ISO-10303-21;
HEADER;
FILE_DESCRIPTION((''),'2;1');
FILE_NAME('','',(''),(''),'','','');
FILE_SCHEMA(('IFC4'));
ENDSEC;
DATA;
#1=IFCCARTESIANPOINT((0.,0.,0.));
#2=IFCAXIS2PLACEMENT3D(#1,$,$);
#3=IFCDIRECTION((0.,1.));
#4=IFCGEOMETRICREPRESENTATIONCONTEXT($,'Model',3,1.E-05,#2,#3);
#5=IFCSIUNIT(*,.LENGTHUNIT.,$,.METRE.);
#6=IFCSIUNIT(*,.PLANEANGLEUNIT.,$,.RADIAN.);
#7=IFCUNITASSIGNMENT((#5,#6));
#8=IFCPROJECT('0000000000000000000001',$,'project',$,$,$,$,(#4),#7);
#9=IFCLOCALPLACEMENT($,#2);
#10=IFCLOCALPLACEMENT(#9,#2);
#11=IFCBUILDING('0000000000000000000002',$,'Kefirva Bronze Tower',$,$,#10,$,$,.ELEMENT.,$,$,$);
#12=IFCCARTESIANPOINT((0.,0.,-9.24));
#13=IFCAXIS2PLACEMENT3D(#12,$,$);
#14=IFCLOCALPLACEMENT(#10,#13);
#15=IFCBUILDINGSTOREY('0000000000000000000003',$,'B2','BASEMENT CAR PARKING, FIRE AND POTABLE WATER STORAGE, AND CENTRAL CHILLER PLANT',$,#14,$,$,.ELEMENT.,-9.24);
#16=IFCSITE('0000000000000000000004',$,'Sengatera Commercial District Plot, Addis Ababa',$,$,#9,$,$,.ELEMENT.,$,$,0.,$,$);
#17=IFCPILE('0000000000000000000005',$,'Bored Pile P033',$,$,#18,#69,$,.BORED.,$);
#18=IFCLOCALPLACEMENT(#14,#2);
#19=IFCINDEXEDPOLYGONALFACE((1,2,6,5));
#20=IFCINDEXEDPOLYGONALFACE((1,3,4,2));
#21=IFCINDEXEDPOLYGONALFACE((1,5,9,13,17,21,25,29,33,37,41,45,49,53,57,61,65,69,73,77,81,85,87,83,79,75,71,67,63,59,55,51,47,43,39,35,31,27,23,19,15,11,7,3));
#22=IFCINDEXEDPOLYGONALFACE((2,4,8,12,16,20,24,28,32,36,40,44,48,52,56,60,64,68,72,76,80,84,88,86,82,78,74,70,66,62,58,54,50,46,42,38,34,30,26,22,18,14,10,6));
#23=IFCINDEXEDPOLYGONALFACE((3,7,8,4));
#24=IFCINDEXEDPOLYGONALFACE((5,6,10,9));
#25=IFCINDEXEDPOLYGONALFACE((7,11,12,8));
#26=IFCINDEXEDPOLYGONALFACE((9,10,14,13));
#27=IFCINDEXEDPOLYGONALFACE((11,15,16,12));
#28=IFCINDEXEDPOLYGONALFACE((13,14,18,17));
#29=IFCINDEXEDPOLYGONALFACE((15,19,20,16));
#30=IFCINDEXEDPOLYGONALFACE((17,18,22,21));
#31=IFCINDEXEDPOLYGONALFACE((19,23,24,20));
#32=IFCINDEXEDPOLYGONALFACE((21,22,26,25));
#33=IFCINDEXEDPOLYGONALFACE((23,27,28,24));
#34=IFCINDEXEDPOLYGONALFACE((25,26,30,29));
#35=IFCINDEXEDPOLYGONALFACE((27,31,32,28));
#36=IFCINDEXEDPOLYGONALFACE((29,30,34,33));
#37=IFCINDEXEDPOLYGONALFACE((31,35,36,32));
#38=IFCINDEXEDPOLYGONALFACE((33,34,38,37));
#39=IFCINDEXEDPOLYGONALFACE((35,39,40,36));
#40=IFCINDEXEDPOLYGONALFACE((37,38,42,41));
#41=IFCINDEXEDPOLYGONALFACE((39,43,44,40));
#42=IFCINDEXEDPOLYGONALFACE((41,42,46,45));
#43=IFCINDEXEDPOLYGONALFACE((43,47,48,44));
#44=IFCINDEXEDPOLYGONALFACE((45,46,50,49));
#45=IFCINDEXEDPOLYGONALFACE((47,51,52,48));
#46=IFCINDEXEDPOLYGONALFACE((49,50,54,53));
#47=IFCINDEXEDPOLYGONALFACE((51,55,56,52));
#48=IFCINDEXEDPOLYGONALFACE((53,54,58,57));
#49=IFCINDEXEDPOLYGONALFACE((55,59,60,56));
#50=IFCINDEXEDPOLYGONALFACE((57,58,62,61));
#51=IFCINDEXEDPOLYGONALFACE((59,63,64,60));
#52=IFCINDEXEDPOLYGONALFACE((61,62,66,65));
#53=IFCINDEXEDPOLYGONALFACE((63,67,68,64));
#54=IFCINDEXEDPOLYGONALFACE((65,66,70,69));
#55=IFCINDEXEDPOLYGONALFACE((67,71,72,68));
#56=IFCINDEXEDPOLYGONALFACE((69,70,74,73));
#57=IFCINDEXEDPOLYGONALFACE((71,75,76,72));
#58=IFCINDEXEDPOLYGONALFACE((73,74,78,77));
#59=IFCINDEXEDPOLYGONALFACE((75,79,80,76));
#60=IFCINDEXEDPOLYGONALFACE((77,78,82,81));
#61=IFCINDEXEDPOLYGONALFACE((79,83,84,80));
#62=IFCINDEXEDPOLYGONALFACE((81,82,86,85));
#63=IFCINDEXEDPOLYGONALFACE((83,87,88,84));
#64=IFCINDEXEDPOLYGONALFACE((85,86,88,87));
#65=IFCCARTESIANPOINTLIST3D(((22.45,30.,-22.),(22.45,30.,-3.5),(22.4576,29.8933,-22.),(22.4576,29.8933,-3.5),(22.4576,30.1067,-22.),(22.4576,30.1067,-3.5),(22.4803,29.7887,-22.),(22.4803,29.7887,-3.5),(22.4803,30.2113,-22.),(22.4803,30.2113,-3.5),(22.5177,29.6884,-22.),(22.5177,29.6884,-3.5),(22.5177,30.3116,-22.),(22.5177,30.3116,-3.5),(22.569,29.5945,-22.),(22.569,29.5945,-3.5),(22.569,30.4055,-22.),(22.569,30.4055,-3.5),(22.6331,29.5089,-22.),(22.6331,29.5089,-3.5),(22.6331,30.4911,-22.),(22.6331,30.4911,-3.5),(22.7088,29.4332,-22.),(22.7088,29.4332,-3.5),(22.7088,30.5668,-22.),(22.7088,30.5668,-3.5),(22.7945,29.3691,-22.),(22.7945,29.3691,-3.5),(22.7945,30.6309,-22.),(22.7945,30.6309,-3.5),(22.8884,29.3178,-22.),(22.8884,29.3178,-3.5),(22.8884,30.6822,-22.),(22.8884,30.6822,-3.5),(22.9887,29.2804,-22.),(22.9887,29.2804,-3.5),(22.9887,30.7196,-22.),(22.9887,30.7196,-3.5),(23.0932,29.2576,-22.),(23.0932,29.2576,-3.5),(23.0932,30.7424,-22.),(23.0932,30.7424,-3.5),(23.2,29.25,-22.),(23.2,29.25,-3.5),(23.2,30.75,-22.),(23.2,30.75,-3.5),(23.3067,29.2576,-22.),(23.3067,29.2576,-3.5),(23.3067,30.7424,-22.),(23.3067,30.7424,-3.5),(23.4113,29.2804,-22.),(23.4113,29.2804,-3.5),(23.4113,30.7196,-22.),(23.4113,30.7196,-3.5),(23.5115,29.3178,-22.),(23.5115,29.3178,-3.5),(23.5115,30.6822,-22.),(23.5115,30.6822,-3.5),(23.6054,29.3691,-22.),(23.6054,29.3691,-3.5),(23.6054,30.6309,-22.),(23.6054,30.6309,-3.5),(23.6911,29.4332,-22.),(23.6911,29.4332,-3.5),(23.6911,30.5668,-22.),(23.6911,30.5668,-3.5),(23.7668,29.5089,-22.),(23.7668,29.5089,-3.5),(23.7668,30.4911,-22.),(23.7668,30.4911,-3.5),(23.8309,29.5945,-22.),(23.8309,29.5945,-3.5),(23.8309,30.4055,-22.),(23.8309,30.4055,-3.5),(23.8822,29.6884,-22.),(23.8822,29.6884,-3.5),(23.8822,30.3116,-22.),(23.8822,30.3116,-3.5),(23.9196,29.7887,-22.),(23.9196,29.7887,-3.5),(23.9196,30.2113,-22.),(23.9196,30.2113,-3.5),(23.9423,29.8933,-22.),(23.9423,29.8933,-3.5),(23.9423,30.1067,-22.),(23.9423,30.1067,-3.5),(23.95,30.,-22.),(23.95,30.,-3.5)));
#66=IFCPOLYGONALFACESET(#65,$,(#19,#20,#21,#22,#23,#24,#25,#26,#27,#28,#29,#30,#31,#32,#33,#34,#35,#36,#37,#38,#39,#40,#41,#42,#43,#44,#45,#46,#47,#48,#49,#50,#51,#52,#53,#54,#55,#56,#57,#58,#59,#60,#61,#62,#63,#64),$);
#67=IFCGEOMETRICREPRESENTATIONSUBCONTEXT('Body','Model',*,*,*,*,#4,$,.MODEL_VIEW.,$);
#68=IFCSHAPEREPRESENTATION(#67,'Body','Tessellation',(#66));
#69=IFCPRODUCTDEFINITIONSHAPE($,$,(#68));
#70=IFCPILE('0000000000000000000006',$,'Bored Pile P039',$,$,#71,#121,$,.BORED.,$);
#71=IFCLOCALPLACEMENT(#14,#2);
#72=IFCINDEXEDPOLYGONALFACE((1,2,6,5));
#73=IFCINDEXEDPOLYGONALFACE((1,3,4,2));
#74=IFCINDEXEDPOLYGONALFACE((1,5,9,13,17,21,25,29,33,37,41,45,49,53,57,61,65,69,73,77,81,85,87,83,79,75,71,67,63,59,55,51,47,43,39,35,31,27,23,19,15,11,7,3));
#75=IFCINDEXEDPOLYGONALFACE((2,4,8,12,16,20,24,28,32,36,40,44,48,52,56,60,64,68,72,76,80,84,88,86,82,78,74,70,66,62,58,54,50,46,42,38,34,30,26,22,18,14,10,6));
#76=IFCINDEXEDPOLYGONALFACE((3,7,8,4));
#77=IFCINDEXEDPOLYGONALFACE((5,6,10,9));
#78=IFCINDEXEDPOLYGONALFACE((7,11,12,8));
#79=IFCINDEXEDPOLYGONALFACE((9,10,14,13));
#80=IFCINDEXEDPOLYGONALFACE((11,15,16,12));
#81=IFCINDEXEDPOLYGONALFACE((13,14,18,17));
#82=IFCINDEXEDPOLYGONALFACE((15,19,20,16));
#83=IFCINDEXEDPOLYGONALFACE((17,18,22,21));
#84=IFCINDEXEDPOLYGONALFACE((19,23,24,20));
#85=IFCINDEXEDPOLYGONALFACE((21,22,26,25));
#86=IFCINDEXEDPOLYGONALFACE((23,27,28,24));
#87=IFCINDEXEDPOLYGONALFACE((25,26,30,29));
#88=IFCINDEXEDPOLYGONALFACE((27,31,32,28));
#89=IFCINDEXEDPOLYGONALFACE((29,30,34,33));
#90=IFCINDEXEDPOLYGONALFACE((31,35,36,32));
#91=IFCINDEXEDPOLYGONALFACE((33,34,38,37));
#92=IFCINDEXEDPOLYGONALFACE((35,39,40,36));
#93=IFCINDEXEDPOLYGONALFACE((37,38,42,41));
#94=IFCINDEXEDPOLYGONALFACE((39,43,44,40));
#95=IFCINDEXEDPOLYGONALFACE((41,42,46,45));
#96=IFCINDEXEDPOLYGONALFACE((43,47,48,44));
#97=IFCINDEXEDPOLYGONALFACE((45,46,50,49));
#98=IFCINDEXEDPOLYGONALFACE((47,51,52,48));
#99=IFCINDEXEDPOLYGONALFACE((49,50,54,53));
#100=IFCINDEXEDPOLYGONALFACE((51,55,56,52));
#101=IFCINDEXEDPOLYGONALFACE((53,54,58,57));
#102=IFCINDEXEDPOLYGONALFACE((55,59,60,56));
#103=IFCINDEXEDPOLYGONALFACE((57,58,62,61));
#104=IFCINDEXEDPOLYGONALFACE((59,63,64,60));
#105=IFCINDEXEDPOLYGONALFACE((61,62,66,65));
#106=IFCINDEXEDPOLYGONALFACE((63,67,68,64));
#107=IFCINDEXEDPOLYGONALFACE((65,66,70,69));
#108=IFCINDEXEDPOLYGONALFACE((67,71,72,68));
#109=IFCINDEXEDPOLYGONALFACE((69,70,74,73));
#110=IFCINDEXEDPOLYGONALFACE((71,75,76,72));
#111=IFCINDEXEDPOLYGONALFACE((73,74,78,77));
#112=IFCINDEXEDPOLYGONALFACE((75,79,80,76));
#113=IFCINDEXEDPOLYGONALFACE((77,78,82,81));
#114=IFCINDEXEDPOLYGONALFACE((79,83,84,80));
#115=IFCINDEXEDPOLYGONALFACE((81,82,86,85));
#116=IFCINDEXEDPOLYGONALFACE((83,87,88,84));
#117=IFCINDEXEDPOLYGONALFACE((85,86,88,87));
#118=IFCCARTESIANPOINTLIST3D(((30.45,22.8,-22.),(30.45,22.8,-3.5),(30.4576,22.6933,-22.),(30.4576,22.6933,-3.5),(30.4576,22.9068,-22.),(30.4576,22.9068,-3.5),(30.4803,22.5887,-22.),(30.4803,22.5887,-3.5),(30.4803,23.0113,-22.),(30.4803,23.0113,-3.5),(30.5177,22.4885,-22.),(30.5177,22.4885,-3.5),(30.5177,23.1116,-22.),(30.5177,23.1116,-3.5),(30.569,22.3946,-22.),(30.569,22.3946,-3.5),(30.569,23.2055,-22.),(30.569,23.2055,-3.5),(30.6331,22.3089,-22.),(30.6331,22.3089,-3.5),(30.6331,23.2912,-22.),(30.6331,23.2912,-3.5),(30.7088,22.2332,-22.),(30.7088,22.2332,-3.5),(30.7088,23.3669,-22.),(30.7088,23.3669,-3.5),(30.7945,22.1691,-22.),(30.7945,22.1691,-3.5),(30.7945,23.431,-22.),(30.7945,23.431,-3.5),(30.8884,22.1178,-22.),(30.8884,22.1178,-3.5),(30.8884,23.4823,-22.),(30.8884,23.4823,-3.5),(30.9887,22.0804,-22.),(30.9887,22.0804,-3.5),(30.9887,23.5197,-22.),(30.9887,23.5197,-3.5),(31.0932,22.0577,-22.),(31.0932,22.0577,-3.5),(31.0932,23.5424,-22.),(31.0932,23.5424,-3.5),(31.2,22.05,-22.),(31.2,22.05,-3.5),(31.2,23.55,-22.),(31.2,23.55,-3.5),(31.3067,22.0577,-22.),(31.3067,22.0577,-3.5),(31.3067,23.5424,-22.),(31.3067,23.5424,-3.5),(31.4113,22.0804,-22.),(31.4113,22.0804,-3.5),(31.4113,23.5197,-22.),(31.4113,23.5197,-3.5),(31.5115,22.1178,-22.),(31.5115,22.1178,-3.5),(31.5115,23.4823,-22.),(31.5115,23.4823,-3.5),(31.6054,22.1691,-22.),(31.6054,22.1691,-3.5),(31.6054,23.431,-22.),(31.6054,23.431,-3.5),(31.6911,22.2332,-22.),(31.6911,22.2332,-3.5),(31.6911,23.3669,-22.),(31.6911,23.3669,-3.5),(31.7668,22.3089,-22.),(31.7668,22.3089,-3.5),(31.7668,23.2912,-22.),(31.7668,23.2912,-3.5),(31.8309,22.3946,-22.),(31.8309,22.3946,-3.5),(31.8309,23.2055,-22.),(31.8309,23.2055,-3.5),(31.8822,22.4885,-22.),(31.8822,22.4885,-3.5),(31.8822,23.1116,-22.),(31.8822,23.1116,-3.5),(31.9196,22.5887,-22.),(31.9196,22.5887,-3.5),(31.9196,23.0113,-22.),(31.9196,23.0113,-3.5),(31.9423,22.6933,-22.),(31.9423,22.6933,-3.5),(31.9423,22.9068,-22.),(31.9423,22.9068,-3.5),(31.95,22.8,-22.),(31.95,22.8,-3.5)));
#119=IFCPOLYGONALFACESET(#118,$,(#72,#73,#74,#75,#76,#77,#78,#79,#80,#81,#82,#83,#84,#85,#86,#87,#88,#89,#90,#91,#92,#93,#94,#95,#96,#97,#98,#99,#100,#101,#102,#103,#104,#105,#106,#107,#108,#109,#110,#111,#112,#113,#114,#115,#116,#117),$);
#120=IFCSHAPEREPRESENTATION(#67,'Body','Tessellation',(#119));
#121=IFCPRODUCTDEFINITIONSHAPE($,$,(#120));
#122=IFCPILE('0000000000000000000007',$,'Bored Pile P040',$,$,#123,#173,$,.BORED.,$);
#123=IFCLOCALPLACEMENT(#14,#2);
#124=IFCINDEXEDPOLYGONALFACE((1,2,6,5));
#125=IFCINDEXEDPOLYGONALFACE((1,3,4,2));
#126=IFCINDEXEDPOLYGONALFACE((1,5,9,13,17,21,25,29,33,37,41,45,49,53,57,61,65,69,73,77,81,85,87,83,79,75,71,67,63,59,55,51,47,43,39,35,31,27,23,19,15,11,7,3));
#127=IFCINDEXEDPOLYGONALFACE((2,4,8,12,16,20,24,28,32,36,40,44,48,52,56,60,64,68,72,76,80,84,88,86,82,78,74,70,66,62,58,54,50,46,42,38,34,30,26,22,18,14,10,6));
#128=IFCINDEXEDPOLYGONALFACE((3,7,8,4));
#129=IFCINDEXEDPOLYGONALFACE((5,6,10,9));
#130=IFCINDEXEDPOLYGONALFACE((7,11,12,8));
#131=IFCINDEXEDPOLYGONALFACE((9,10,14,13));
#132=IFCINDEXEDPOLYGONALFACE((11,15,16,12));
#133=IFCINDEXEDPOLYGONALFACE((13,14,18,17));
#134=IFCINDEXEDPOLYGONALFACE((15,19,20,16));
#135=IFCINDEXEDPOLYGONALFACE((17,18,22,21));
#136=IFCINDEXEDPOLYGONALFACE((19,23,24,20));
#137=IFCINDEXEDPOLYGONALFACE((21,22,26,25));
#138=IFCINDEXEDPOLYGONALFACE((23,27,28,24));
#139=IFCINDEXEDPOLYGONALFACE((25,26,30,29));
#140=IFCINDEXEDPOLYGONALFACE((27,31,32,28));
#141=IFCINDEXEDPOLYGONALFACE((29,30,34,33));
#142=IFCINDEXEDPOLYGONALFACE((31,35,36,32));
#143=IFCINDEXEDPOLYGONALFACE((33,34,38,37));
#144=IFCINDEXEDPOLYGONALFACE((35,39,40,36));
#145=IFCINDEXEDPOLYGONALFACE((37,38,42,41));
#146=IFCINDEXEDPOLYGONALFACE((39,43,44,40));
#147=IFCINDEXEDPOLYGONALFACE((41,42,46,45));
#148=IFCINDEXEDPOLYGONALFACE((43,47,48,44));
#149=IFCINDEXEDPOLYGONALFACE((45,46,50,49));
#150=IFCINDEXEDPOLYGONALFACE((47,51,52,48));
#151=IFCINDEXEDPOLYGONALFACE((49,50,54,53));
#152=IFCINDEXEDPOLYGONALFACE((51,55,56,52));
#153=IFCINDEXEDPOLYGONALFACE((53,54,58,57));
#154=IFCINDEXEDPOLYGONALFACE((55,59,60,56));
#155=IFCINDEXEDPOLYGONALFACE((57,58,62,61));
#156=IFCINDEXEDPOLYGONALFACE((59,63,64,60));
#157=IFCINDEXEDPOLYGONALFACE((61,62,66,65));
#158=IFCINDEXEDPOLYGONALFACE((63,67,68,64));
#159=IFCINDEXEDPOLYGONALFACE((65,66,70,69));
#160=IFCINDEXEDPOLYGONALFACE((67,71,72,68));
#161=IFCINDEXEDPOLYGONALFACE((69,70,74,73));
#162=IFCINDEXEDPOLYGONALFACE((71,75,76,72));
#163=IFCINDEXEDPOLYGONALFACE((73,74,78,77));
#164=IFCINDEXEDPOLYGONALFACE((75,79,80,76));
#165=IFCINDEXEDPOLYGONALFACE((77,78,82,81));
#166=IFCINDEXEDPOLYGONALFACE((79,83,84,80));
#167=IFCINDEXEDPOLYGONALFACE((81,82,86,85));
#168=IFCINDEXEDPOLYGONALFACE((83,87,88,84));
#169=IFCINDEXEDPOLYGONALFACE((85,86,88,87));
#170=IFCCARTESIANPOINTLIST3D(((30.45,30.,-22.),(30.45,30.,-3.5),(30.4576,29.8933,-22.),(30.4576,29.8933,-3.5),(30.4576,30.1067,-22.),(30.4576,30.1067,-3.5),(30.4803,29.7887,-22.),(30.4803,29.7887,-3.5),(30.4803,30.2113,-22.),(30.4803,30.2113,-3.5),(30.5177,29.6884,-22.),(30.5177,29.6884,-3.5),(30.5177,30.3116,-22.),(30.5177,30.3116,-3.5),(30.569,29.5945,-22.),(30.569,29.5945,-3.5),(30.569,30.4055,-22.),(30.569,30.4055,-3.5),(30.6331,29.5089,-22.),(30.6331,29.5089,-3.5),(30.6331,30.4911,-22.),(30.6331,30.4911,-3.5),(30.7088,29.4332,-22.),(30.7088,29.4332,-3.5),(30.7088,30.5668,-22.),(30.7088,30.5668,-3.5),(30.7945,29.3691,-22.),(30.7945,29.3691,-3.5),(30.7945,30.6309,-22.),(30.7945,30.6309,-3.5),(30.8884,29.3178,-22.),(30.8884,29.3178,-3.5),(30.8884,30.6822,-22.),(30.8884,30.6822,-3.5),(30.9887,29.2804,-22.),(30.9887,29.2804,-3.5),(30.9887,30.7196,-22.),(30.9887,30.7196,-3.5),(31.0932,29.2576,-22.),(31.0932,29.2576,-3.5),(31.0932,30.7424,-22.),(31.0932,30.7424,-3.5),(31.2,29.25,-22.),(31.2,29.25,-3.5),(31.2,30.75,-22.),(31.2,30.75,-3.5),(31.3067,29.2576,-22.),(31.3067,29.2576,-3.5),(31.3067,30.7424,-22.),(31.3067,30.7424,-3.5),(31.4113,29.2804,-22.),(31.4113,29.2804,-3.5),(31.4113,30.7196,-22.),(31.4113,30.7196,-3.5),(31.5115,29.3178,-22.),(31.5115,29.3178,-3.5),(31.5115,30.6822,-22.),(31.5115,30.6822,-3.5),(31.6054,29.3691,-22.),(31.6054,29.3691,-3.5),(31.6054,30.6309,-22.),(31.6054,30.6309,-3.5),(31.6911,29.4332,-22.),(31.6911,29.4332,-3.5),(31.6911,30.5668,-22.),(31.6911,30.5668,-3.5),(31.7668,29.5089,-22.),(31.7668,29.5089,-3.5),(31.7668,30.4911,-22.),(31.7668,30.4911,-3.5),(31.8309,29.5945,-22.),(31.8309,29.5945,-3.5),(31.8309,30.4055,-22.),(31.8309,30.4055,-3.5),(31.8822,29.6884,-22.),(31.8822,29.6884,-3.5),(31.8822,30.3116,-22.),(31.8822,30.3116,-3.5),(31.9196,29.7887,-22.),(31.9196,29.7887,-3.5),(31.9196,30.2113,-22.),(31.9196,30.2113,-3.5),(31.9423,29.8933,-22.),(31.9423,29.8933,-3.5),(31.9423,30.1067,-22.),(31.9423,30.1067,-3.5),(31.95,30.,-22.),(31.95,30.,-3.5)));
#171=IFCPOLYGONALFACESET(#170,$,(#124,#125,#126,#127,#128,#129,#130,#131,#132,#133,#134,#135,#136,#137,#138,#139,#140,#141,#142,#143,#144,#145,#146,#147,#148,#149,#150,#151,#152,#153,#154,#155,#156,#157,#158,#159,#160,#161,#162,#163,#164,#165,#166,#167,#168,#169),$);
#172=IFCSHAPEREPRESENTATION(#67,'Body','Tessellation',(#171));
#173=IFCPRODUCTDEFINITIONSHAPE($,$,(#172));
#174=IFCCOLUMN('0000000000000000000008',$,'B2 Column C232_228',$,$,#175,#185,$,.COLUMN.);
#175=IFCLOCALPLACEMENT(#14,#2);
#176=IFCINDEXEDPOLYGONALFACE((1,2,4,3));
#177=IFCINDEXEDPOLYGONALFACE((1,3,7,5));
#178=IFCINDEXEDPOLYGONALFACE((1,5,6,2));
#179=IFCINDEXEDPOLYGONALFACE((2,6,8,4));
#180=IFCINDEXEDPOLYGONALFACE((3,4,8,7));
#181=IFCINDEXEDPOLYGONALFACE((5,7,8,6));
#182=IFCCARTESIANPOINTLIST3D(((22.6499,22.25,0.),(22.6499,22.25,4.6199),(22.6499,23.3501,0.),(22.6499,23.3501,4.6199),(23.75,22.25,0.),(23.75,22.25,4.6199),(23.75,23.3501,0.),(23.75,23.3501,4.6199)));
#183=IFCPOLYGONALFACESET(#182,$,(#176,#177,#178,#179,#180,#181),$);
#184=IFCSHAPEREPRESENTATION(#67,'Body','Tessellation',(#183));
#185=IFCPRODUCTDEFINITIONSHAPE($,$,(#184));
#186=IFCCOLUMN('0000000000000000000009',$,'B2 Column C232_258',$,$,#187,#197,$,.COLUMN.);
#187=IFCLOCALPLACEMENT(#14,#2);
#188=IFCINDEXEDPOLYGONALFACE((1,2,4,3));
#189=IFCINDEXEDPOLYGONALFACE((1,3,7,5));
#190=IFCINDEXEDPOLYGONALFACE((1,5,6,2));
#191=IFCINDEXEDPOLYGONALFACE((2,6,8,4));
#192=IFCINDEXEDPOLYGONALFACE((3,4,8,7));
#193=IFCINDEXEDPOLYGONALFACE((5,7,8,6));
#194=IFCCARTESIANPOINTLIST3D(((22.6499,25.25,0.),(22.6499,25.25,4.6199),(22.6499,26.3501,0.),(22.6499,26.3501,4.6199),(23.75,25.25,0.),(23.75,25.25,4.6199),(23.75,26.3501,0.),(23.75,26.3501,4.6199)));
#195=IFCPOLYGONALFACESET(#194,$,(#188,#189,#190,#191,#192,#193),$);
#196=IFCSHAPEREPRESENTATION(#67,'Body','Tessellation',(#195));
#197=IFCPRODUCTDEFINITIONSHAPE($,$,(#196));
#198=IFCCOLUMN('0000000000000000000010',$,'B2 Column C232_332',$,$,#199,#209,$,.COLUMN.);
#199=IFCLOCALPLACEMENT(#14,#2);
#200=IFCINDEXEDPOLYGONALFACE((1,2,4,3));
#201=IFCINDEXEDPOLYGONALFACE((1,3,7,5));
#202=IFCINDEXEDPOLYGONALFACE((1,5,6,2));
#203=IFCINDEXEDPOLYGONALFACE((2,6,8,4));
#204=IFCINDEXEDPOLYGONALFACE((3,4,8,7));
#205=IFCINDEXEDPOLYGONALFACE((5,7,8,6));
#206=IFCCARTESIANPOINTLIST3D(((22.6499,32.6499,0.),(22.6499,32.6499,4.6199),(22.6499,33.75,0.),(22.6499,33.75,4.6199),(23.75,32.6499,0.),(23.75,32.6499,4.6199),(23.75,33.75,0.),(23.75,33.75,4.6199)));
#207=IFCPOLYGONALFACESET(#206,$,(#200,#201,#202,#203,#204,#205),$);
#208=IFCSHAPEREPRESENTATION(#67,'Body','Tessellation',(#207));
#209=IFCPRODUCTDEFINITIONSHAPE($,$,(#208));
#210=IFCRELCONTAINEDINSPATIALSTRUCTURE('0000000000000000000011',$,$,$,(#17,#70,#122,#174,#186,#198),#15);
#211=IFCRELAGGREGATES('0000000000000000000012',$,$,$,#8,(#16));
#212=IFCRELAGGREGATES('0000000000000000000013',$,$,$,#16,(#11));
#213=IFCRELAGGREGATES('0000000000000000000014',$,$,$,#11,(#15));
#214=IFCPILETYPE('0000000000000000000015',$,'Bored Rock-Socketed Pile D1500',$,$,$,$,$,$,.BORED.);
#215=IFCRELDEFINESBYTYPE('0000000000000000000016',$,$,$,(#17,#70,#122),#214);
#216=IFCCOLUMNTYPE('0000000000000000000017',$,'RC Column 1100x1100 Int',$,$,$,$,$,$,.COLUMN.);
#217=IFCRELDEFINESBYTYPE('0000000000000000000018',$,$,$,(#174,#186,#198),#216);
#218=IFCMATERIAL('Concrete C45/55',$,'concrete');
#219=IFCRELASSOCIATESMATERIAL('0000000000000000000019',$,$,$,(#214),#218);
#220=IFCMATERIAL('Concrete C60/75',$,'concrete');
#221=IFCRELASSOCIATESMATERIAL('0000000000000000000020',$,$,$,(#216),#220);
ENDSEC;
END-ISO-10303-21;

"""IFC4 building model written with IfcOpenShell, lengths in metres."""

from ifc_helpers import new_model, si_unit, direction, frame, origin, origin_2d, place, context, subcontext, project, spatial, rectangle, circle, extrude, material, material_profile, profile_set, type_object, element, save


model = new_model("IFC4")

# Units and contexts
model_context = context("Model", 3, precision=1e-05, world=origin(), true_north=direction((0.0, 1.0)))
body_context = subcontext(model_context, "Body", "Model", "MODEL_VIEW")
ifc_project = project(units=[si_unit("LENGTHUNIT", "METRE"), si_unit("PLANEANGLEUNIT", "RADIAN")], contexts=[model_context])

# Site, building, storey
site_placement = place(None, origin())
site = spatial("IfcSite", under=ifc_project, at=site_placement, Name="Sengatera Commercial District Plot, Addis Ababa", CompositionType="ELEMENT", RefElevation=0.0)
building_placement = place(site_placement, origin())
building = spatial("IfcBuilding", under=site, at=building_placement, Name="Kefirva Bronze Tower", CompositionType="ELEMENT")
storey_placement = place(building_placement, frame((0.0, 0.0, -9.24)))
storey = spatial("IfcBuildingStorey", under=building, at=storey_placement, Name="B2", Description="BASEMENT CAR PARKING, FIRE AND POTABLE WATER STORAGE, AND CENTRAL CHILLER PLANT", CompositionType="ELEMENT", Elevation=-9.24)

# Piles
ifc_material_1 = material(Name="Concrete C45/55", Category="concrete")
ifc_material_profile_1 = material_profile(ifc_material_1, circle(Radius=0.75, at=origin_2d()), Name="BORED PILE D1500")
ifc_profile_set_1 = profile_set([ifc_material_profile_1], Name="Concrete C45/55")
pile_type = type_object("IfcPileType", Name="Bored Rock-Socketed Pile D1500", PredefinedType="BORED", material=ifc_profile_set_1)
for number, where, z_axis, x_axis, name in (
    (1, (23.2, 30.0, -3.5), (0.0, 0.0, -1.0), (1.0, 0.0, 0.0), "Bored Pile P033"),
    (2, (31.2, 22.8, -3.5), (0.0, 0.0, -1.0), (1.0, 0.0, 0.0), "Bored Pile P039"),
    (3, (31.2, 30.0, -3.5), (0.0, 0.0, -1.0), (1.0, 0.0, 0.0), "Bored Pile P040"),
):
    element("IfcPile", number, at=place(storey_placement, frame(where, z_axis=z_axis, x_axis=x_axis)), inside=storey, type_object=pile_type, Name=name, PredefinedType="BORED", context=body_context, shape_type="SweptSolid", body=[
        extrude(circle(Radius=0.75, at=origin_2d()), origin(), (0.0, 0.0, 1.0), 18.5),
    ])

# Columns
ifc_material_2 = material(Name="Concrete C60/75", Category="concrete")
ifc_material_profile_2 = material_profile(ifc_material_2, rectangle(XDim=1.1001, YDim=1.1001, at=origin_2d()), Name="RC 1100x1100")
ifc_profile_set_2 = profile_set([ifc_material_profile_2], Name="Concrete C60/75")
column_type = type_object("IfcColumnType", Name="RC Column 1100x1100 Int", PredefinedType="COLUMN", material=ifc_profile_set_2)
for number, where, z_axis, x_axis, name in (
    (4, (23.2, 22.8, 0.0), (0.0, 0.0, 1.0), (1.0, 0.0, 0.0), "B2 Column C232_228"),
    (5, (23.2, 25.8, 0.0), (0.0, 0.0, 1.0), (1.0, 0.0, 0.0), "B2 Column C232_258"),
    (6, (23.2, 33.2, 0.0), (0.0, 0.0, 1.0), (1.0, 0.0, 0.0), "B2 Column C232_332"),
):
    element("IfcColumn", number, at=place(storey_placement, frame(where, z_axis=z_axis, x_axis=x_axis)), inside=storey, type_object=column_type, Name=name, PredefinedType="COLUMN", context=body_context, shape_type="SweptSolid", body=[
        extrude(rectangle(XDim=1.1001, YDim=1.1001, at=origin_2d()), origin(), (0.0, 0.0, 1.0), 4.6199),
    ])

save(model, "model.ifc")
